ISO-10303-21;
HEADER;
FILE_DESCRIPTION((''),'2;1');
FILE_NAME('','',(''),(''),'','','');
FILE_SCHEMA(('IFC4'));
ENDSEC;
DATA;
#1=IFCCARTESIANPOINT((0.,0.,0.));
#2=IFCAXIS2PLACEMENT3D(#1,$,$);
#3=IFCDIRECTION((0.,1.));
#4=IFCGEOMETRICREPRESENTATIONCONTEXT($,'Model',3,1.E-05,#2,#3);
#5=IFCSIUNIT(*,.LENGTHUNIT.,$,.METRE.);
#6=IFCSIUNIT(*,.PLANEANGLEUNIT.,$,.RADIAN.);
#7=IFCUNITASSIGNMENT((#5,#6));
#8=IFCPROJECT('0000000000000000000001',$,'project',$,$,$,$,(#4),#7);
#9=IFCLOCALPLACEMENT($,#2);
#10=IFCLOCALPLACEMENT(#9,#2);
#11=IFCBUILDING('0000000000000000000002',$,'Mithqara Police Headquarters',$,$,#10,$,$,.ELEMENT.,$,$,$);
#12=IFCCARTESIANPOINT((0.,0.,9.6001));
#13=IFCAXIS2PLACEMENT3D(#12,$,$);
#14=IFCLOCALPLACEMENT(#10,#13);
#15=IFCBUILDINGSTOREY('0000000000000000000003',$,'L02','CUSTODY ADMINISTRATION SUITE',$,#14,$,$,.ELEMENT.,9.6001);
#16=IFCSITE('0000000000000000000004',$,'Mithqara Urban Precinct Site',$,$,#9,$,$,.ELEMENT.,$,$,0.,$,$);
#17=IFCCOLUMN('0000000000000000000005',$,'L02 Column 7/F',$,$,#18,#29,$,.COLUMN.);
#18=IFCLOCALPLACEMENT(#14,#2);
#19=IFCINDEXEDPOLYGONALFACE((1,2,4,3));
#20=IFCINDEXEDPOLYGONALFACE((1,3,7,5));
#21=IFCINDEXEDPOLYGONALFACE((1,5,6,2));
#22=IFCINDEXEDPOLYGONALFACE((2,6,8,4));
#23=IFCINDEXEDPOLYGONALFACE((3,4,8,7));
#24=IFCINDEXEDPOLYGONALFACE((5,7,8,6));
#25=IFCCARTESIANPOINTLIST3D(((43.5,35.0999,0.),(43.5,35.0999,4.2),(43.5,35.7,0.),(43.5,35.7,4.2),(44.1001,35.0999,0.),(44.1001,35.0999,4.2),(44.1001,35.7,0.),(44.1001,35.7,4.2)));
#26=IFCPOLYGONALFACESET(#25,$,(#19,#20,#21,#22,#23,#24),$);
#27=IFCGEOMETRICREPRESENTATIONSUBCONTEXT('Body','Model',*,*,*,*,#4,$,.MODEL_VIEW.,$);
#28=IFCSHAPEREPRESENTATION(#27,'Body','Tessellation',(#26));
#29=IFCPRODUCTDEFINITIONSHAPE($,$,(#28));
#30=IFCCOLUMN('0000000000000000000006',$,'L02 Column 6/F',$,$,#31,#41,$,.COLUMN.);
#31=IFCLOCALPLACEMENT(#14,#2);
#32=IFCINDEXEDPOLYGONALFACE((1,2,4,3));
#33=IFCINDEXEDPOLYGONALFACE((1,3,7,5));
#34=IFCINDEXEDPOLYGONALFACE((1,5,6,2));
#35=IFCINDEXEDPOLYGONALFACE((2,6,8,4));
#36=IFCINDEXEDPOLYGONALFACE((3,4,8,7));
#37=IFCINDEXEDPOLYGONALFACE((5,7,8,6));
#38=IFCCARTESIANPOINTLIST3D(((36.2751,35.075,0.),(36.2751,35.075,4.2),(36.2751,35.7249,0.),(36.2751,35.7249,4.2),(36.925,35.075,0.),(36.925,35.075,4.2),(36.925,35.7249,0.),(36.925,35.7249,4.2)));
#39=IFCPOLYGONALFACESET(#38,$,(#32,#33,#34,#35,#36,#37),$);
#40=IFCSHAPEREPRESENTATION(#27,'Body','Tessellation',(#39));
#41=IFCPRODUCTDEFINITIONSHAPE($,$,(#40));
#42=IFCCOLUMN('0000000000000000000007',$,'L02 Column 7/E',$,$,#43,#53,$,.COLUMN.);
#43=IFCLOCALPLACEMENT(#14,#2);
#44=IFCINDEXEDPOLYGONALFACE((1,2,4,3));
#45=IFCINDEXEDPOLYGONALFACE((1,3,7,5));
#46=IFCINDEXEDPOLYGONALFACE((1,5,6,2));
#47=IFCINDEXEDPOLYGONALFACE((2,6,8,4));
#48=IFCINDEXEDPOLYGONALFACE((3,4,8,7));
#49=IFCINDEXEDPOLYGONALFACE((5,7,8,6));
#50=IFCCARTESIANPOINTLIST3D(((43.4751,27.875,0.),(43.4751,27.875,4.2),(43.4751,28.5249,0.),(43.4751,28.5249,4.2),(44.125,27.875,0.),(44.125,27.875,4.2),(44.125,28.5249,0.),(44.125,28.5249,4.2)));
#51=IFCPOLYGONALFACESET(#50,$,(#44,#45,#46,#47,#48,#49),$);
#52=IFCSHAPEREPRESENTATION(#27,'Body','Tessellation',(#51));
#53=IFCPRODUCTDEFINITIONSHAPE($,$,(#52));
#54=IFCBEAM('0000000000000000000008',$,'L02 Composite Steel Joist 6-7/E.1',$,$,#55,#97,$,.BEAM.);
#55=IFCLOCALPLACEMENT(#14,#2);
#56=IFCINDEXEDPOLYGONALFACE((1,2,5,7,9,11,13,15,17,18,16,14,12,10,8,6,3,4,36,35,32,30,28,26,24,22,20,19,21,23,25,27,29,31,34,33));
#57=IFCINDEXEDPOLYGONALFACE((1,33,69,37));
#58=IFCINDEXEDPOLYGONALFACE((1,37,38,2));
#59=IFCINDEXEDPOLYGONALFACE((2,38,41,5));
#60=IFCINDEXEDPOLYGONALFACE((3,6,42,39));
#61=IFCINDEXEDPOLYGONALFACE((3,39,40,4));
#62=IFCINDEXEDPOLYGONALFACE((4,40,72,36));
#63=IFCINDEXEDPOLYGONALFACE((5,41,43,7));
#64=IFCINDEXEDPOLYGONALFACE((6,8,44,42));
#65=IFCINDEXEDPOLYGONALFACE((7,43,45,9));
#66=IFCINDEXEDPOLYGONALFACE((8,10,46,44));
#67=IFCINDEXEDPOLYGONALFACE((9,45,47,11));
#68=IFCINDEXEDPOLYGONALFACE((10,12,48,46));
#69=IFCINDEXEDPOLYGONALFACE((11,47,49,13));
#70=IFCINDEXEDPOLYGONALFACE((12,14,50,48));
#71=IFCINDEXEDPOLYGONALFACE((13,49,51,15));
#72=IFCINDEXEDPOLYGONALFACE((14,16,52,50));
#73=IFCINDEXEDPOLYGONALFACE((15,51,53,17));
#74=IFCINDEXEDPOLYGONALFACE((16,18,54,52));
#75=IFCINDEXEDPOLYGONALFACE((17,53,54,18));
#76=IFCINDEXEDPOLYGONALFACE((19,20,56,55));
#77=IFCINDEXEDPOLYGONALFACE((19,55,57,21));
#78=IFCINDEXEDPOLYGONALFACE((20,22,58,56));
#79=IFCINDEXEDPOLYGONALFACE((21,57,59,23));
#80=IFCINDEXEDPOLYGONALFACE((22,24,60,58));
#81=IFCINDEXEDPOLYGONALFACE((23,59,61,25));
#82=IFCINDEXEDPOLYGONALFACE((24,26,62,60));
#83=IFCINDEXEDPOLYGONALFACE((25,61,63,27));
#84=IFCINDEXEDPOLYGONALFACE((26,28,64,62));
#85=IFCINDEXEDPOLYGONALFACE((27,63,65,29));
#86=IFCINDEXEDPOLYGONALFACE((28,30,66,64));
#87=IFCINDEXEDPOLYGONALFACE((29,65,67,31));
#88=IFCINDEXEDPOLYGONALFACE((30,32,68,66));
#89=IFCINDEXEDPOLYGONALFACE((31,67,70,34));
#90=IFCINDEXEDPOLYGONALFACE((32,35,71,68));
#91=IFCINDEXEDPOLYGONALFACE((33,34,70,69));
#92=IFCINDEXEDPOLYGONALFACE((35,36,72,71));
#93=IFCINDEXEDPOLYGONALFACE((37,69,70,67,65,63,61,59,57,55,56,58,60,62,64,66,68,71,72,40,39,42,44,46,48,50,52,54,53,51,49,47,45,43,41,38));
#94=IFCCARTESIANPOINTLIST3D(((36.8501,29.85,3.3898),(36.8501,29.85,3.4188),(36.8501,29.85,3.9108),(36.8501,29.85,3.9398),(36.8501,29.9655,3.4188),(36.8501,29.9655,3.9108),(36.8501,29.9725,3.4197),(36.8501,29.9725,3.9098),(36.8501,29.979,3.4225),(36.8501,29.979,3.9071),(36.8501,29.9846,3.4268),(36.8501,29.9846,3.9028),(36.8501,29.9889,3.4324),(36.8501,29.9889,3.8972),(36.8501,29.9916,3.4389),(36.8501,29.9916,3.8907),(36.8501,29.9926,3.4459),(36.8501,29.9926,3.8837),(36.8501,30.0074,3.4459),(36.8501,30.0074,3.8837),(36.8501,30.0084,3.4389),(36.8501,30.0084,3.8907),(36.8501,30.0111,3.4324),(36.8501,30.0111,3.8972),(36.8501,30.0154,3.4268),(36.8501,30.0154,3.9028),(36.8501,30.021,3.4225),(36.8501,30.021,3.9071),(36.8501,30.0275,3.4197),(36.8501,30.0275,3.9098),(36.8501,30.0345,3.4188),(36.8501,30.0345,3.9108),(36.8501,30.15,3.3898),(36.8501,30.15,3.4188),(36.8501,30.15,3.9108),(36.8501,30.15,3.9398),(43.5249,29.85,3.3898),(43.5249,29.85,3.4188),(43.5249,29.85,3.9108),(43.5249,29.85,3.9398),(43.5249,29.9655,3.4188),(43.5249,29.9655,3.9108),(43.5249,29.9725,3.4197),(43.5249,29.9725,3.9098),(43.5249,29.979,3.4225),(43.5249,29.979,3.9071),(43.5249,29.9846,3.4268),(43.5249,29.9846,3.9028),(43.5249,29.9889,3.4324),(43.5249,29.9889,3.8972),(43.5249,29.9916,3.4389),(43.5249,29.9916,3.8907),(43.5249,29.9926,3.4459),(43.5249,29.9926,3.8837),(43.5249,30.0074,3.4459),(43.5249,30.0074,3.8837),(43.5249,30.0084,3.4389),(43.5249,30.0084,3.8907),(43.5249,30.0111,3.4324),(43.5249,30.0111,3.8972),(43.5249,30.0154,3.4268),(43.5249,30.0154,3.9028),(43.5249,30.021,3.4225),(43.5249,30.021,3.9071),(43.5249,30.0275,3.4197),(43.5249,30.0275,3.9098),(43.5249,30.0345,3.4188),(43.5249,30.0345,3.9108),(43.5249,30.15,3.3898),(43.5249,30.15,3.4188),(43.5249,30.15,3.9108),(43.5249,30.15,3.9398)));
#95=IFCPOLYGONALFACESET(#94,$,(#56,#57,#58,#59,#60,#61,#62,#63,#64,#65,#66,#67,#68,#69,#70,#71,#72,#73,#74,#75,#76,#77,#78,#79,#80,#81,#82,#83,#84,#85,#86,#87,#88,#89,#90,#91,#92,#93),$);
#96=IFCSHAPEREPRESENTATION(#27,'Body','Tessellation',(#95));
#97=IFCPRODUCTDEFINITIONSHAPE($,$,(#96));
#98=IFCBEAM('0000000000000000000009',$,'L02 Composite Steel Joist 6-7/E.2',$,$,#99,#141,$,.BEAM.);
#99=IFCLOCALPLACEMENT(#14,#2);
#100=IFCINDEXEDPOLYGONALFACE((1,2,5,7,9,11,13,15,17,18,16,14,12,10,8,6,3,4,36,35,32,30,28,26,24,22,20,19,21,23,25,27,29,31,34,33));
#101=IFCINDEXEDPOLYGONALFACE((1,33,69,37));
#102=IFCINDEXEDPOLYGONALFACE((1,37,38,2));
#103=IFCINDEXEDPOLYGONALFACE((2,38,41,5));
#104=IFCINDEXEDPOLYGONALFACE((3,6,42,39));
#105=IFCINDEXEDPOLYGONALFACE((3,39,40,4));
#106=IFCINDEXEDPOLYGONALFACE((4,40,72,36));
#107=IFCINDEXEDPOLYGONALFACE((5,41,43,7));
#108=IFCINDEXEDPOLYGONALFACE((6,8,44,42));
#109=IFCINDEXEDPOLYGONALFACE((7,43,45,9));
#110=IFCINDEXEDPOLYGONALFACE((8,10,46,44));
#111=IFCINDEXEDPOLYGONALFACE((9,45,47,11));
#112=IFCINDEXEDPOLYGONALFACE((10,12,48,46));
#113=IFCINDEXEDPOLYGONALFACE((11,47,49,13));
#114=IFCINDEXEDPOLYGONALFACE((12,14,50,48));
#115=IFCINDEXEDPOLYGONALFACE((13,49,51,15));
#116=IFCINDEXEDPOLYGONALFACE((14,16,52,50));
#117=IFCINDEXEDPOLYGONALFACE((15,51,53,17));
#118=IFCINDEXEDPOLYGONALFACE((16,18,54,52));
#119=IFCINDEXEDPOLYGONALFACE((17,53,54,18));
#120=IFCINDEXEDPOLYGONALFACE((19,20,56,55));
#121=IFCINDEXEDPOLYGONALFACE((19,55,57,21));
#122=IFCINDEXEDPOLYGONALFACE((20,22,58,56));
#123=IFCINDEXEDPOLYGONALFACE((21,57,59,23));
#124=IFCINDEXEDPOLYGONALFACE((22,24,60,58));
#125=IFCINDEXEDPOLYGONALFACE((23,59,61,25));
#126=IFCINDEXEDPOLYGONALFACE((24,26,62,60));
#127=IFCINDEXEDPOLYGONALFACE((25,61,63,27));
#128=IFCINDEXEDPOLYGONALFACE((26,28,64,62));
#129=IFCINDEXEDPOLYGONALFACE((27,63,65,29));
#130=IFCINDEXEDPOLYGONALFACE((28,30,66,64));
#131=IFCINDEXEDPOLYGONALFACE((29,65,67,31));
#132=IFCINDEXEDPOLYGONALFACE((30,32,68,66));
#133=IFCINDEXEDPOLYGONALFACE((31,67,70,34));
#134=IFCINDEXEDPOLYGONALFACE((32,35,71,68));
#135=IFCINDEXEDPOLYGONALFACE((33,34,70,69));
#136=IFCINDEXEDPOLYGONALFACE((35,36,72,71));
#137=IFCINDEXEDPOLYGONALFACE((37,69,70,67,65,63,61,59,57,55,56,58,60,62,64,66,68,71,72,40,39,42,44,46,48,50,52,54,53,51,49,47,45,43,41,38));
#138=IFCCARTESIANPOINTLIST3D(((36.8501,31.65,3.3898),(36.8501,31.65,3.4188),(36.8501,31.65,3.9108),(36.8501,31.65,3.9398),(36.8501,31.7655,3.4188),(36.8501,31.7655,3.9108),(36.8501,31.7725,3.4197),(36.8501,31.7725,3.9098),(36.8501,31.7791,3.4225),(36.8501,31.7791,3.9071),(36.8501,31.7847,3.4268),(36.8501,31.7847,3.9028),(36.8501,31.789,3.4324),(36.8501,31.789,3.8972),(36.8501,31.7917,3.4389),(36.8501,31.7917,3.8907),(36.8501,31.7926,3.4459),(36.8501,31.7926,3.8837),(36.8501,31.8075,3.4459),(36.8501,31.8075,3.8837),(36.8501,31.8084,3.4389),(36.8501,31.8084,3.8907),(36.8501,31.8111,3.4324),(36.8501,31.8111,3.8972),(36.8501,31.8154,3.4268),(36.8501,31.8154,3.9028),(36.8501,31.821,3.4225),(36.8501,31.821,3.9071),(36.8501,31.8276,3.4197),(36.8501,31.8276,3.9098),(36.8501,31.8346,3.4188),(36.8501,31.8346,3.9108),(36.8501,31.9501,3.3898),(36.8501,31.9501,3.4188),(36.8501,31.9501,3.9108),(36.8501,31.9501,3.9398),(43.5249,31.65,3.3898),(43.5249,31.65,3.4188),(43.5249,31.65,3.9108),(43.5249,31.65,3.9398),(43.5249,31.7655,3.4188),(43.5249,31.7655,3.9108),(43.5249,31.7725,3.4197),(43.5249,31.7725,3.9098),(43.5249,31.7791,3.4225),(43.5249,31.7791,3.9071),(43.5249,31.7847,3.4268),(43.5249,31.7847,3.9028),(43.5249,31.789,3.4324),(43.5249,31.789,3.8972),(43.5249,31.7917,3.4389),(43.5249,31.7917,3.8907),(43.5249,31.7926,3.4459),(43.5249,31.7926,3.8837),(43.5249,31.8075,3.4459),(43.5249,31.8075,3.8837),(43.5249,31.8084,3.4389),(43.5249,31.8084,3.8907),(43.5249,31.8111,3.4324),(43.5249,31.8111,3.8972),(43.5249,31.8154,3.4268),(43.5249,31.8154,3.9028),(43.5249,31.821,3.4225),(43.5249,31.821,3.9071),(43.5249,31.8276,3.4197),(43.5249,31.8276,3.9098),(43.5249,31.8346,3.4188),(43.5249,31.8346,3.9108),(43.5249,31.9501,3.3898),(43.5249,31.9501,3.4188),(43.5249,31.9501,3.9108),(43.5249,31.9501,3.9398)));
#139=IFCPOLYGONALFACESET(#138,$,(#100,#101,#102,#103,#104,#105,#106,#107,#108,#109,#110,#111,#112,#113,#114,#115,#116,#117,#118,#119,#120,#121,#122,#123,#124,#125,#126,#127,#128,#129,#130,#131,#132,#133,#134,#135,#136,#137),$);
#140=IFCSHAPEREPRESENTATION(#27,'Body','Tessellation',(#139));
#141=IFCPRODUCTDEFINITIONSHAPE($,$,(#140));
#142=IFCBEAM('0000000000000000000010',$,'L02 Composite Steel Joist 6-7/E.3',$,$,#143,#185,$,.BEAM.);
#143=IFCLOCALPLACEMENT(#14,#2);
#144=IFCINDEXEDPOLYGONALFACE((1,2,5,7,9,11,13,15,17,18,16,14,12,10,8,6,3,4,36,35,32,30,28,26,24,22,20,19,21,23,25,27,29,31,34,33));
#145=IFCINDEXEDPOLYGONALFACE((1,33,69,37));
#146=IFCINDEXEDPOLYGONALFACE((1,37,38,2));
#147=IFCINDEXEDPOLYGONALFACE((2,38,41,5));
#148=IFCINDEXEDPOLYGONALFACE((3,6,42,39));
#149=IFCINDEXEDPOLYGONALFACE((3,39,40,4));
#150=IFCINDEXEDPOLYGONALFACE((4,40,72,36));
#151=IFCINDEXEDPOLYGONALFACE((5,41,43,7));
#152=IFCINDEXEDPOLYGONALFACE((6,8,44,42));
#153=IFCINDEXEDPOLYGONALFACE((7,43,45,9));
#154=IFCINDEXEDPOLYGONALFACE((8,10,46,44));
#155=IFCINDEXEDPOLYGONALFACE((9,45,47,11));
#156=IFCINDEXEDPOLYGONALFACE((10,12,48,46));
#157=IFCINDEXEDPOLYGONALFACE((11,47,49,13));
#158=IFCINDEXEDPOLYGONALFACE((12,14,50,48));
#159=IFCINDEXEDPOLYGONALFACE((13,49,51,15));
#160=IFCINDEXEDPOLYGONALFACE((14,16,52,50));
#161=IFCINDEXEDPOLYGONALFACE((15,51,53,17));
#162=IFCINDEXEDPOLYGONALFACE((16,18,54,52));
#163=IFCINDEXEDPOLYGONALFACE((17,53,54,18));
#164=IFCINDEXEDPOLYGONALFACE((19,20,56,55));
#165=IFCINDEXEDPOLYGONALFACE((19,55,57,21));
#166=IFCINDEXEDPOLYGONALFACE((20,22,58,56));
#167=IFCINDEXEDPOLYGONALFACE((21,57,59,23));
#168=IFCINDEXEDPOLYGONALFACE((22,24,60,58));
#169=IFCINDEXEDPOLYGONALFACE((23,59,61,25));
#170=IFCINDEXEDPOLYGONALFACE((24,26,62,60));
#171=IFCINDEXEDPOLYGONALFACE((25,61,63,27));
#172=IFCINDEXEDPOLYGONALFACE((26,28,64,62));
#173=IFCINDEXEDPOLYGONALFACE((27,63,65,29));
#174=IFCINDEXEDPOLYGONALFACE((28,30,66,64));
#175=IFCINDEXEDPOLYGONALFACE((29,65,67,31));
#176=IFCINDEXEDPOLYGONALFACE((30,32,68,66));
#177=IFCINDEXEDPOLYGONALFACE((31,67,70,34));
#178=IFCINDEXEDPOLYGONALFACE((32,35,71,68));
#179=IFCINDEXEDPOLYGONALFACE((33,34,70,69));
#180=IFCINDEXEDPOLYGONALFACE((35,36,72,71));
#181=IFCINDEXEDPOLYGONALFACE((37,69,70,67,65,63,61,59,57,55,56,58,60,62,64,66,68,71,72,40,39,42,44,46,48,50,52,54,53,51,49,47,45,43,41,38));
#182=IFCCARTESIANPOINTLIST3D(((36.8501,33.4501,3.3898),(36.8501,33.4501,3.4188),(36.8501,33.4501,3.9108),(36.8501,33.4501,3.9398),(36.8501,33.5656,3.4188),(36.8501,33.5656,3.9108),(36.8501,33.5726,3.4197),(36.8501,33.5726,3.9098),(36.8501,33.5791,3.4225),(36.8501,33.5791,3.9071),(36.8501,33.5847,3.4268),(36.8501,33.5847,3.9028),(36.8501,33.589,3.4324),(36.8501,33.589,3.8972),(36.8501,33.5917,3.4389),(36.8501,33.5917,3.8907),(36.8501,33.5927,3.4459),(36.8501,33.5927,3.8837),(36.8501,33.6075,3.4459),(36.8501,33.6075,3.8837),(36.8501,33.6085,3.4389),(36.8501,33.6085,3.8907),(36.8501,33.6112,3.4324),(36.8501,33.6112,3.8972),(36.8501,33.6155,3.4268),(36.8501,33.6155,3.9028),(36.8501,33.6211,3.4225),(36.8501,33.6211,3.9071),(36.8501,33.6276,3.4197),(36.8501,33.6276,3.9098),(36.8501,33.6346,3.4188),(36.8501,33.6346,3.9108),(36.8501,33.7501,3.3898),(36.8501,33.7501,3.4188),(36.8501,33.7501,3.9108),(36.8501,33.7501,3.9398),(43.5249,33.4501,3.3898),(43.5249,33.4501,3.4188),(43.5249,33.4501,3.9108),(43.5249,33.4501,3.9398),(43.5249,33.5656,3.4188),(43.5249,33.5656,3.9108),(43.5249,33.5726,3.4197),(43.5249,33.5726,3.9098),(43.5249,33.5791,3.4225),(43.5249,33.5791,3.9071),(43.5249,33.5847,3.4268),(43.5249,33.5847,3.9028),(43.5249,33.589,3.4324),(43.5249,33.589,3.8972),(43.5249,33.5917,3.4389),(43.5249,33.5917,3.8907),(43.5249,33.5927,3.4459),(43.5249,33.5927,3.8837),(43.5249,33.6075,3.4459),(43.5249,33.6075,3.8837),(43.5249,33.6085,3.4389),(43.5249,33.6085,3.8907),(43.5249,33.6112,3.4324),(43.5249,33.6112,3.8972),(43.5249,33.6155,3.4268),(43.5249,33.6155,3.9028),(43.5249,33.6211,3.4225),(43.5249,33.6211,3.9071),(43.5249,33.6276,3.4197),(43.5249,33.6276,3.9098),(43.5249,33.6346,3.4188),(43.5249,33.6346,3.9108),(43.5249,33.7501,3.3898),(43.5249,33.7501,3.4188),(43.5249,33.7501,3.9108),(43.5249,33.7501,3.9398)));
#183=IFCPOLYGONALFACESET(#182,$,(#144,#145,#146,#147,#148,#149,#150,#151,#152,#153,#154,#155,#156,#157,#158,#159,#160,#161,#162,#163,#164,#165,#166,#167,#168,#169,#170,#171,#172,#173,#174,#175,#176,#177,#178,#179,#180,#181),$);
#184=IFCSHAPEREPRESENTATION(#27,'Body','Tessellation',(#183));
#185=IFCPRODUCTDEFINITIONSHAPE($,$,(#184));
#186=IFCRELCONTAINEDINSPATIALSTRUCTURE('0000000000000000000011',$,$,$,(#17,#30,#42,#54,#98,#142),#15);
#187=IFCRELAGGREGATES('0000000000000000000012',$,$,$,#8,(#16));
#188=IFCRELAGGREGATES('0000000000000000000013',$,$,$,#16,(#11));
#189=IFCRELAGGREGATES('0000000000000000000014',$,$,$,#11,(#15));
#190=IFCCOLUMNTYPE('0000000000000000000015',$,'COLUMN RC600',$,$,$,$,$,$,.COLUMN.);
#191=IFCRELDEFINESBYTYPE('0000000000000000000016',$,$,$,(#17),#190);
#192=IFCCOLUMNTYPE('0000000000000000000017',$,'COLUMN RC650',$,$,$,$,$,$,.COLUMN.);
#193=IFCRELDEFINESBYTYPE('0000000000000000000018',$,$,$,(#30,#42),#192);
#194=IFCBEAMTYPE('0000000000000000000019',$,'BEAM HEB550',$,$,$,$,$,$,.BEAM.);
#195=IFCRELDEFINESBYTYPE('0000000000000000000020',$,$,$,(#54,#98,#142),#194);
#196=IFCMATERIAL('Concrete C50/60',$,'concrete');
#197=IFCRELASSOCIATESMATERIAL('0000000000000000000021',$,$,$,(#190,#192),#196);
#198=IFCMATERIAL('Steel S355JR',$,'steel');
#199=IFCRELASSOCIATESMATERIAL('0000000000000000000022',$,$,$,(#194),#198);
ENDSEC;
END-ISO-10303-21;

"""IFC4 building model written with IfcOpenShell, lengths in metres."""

from ifc_helpers import new_model, si_unit, direction, frame, origin, origin_2d, place, context, subcontext, project, spatial, rectangle, i_section, extrude, material, material_profile, profile_set, type_object, element, save


model = new_model("IFC4")

# Units and contexts
model_context = context("Model", 3, precision=1e-05, world=origin(), true_north=direction((0.0, 1.0)))
body_context = subcontext(model_context, "Body", "Model", "MODEL_VIEW")
ifc_project = project(units=[si_unit("LENGTHUNIT", "METRE"), si_unit("PLANEANGLEUNIT", "RADIAN")], contexts=[model_context])

# Site, building, storey
site_placement = place(None, origin())
site = spatial("IfcSite", under=ifc_project, at=site_placement, Name="Mithqara Urban Precinct Site", CompositionType="ELEMENT", RefElevation=0.0)
building_placement = place(site_placement, origin())
building = spatial("IfcBuilding", under=site, at=building_placement, Name="Mithqara Police Headquarters", CompositionType="ELEMENT")
storey_placement = place(building_placement, frame((0.0, 0.0, 9.6001)))
storey = spatial("IfcBuildingStorey", under=building, at=storey_placement, Name="L02", Description="CUSTODY ADMINISTRATION SUITE", CompositionType="ELEMENT", Elevation=9.6001)

# Columns
ifc_material_1 = material(Name="Concrete C50/60", Category="concrete")
ifc_material_profile_1 = material_profile(ifc_material_1, rectangle(XDim=0.6001, YDim=0.6001, at=origin_2d()), Name="RC 600x600")
ifc_profile_set_1 = profile_set([ifc_material_profile_1], Name="Concrete C50/60")
column_type_1 = type_object("IfcColumnType", Name="COLUMN RC600", PredefinedType="COLUMN", material=ifc_profile_set_1)
column_placement = place(storey_placement, frame((43.8, 35.3999, 0.0), z_axis=(0.0, 0.0, 1.0), x_axis=(1.0, 0.0, 0.0)))
element("IfcColumn", 1, at=column_placement, inside=storey, type_object=column_type_1, Name="L02 Column 7/F", PredefinedType="COLUMN", context=body_context, shape_type="SweptSolid", body=[
    extrude(rectangle(XDim=0.6001, YDim=0.6001, at=origin_2d()), origin(), (0.0, 0.0, 1.0), 4.2),
])
ifc_material_profile_2 = material_profile(ifc_material_1, rectangle(XDim=0.6499, YDim=0.6499, at=origin_2d()), Name="RC 650x650")
ifc_profile_set_2 = profile_set([ifc_material_profile_2], Name="Concrete C50/60")
column_type_2 = type_object("IfcColumnType", Name="COLUMN RC650", PredefinedType="COLUMN", material=ifc_profile_set_2)
for number, where, z_axis, x_axis, name in (
    (2, (36.6001, 35.3999, 0.0), (0.0, 0.0, 1.0), (1.0, 0.0, 0.0), "L02 Column 6/F"),
    (3, (43.8, 28.2, 0.0), (0.0, 0.0, 1.0), (1.0, 0.0, 0.0), "L02 Column 7/E"),
):
    element("IfcColumn", number, at=place(storey_placement, frame(where, z_axis=z_axis, x_axis=x_axis)), inside=storey, type_object=column_type_2, Name=name, PredefinedType="COLUMN", context=body_context, shape_type="SweptSolid", body=[
        extrude(rectangle(XDim=0.6499, YDim=0.6499, at=origin_2d()), origin(), (0.0, 0.0, 1.0), 4.2),
    ])

# Beams
ifc_material_2 = material(Name="Steel S355JR", Category="steel")
ifc_material_profile_3 = material_profile(ifc_material_2, i_section(OverallWidth=0.3, OverallDepth=0.55, WebThickness=0.0149, FlangeThickness=0.0291, FilletRadius=0.0271, at=origin_2d()), Name="HEB 550")
ifc_profile_set_3 = profile_set([ifc_material_profile_3], Name="Steel S355JR")
beam_type_1 = type_object("IfcBeamType", Name="BEAM HEB550", PredefinedType="BEAM", material=ifc_profile_set_3)
for number, where, z_axis, x_axis, name in (
    (4, (36.8501, 30.0, 3.6648), (1.0, 0.0, 0.0), (0.0, 1.0, 0.0), "L02 Composite Steel Joist 6-7/E.1"),
    (5, (36.8501, 31.8, 3.6648), (1.0, 0.0, 0.0), (0.0, 1.0, 0.0), "L02 Composite Steel Joist 6-7/E.2"),
    (6, (36.8501, 33.6001, 3.6648), (1.0, 0.0, 0.0), (0.0, 1.0, 0.0), "L02 Composite Steel Joist 6-7/E.3"),
):
    element("IfcBeam", number, at=place(storey_placement, frame(where, z_axis=z_axis, x_axis=x_axis)), inside=storey, type_object=beam_type_1, Name=name, PredefinedType="BEAM", context=body_context, shape_type="SweptSolid", body=[
        extrude(i_section(OverallWidth=0.3, OverallDepth=0.55, WebThickness=0.0149, FlangeThickness=0.0291, FilletRadius=0.0271, at=origin_2d()), origin(), (0.0, 0.0, 1.0), 6.6748),
    ])

save(model, "model.ifc")
